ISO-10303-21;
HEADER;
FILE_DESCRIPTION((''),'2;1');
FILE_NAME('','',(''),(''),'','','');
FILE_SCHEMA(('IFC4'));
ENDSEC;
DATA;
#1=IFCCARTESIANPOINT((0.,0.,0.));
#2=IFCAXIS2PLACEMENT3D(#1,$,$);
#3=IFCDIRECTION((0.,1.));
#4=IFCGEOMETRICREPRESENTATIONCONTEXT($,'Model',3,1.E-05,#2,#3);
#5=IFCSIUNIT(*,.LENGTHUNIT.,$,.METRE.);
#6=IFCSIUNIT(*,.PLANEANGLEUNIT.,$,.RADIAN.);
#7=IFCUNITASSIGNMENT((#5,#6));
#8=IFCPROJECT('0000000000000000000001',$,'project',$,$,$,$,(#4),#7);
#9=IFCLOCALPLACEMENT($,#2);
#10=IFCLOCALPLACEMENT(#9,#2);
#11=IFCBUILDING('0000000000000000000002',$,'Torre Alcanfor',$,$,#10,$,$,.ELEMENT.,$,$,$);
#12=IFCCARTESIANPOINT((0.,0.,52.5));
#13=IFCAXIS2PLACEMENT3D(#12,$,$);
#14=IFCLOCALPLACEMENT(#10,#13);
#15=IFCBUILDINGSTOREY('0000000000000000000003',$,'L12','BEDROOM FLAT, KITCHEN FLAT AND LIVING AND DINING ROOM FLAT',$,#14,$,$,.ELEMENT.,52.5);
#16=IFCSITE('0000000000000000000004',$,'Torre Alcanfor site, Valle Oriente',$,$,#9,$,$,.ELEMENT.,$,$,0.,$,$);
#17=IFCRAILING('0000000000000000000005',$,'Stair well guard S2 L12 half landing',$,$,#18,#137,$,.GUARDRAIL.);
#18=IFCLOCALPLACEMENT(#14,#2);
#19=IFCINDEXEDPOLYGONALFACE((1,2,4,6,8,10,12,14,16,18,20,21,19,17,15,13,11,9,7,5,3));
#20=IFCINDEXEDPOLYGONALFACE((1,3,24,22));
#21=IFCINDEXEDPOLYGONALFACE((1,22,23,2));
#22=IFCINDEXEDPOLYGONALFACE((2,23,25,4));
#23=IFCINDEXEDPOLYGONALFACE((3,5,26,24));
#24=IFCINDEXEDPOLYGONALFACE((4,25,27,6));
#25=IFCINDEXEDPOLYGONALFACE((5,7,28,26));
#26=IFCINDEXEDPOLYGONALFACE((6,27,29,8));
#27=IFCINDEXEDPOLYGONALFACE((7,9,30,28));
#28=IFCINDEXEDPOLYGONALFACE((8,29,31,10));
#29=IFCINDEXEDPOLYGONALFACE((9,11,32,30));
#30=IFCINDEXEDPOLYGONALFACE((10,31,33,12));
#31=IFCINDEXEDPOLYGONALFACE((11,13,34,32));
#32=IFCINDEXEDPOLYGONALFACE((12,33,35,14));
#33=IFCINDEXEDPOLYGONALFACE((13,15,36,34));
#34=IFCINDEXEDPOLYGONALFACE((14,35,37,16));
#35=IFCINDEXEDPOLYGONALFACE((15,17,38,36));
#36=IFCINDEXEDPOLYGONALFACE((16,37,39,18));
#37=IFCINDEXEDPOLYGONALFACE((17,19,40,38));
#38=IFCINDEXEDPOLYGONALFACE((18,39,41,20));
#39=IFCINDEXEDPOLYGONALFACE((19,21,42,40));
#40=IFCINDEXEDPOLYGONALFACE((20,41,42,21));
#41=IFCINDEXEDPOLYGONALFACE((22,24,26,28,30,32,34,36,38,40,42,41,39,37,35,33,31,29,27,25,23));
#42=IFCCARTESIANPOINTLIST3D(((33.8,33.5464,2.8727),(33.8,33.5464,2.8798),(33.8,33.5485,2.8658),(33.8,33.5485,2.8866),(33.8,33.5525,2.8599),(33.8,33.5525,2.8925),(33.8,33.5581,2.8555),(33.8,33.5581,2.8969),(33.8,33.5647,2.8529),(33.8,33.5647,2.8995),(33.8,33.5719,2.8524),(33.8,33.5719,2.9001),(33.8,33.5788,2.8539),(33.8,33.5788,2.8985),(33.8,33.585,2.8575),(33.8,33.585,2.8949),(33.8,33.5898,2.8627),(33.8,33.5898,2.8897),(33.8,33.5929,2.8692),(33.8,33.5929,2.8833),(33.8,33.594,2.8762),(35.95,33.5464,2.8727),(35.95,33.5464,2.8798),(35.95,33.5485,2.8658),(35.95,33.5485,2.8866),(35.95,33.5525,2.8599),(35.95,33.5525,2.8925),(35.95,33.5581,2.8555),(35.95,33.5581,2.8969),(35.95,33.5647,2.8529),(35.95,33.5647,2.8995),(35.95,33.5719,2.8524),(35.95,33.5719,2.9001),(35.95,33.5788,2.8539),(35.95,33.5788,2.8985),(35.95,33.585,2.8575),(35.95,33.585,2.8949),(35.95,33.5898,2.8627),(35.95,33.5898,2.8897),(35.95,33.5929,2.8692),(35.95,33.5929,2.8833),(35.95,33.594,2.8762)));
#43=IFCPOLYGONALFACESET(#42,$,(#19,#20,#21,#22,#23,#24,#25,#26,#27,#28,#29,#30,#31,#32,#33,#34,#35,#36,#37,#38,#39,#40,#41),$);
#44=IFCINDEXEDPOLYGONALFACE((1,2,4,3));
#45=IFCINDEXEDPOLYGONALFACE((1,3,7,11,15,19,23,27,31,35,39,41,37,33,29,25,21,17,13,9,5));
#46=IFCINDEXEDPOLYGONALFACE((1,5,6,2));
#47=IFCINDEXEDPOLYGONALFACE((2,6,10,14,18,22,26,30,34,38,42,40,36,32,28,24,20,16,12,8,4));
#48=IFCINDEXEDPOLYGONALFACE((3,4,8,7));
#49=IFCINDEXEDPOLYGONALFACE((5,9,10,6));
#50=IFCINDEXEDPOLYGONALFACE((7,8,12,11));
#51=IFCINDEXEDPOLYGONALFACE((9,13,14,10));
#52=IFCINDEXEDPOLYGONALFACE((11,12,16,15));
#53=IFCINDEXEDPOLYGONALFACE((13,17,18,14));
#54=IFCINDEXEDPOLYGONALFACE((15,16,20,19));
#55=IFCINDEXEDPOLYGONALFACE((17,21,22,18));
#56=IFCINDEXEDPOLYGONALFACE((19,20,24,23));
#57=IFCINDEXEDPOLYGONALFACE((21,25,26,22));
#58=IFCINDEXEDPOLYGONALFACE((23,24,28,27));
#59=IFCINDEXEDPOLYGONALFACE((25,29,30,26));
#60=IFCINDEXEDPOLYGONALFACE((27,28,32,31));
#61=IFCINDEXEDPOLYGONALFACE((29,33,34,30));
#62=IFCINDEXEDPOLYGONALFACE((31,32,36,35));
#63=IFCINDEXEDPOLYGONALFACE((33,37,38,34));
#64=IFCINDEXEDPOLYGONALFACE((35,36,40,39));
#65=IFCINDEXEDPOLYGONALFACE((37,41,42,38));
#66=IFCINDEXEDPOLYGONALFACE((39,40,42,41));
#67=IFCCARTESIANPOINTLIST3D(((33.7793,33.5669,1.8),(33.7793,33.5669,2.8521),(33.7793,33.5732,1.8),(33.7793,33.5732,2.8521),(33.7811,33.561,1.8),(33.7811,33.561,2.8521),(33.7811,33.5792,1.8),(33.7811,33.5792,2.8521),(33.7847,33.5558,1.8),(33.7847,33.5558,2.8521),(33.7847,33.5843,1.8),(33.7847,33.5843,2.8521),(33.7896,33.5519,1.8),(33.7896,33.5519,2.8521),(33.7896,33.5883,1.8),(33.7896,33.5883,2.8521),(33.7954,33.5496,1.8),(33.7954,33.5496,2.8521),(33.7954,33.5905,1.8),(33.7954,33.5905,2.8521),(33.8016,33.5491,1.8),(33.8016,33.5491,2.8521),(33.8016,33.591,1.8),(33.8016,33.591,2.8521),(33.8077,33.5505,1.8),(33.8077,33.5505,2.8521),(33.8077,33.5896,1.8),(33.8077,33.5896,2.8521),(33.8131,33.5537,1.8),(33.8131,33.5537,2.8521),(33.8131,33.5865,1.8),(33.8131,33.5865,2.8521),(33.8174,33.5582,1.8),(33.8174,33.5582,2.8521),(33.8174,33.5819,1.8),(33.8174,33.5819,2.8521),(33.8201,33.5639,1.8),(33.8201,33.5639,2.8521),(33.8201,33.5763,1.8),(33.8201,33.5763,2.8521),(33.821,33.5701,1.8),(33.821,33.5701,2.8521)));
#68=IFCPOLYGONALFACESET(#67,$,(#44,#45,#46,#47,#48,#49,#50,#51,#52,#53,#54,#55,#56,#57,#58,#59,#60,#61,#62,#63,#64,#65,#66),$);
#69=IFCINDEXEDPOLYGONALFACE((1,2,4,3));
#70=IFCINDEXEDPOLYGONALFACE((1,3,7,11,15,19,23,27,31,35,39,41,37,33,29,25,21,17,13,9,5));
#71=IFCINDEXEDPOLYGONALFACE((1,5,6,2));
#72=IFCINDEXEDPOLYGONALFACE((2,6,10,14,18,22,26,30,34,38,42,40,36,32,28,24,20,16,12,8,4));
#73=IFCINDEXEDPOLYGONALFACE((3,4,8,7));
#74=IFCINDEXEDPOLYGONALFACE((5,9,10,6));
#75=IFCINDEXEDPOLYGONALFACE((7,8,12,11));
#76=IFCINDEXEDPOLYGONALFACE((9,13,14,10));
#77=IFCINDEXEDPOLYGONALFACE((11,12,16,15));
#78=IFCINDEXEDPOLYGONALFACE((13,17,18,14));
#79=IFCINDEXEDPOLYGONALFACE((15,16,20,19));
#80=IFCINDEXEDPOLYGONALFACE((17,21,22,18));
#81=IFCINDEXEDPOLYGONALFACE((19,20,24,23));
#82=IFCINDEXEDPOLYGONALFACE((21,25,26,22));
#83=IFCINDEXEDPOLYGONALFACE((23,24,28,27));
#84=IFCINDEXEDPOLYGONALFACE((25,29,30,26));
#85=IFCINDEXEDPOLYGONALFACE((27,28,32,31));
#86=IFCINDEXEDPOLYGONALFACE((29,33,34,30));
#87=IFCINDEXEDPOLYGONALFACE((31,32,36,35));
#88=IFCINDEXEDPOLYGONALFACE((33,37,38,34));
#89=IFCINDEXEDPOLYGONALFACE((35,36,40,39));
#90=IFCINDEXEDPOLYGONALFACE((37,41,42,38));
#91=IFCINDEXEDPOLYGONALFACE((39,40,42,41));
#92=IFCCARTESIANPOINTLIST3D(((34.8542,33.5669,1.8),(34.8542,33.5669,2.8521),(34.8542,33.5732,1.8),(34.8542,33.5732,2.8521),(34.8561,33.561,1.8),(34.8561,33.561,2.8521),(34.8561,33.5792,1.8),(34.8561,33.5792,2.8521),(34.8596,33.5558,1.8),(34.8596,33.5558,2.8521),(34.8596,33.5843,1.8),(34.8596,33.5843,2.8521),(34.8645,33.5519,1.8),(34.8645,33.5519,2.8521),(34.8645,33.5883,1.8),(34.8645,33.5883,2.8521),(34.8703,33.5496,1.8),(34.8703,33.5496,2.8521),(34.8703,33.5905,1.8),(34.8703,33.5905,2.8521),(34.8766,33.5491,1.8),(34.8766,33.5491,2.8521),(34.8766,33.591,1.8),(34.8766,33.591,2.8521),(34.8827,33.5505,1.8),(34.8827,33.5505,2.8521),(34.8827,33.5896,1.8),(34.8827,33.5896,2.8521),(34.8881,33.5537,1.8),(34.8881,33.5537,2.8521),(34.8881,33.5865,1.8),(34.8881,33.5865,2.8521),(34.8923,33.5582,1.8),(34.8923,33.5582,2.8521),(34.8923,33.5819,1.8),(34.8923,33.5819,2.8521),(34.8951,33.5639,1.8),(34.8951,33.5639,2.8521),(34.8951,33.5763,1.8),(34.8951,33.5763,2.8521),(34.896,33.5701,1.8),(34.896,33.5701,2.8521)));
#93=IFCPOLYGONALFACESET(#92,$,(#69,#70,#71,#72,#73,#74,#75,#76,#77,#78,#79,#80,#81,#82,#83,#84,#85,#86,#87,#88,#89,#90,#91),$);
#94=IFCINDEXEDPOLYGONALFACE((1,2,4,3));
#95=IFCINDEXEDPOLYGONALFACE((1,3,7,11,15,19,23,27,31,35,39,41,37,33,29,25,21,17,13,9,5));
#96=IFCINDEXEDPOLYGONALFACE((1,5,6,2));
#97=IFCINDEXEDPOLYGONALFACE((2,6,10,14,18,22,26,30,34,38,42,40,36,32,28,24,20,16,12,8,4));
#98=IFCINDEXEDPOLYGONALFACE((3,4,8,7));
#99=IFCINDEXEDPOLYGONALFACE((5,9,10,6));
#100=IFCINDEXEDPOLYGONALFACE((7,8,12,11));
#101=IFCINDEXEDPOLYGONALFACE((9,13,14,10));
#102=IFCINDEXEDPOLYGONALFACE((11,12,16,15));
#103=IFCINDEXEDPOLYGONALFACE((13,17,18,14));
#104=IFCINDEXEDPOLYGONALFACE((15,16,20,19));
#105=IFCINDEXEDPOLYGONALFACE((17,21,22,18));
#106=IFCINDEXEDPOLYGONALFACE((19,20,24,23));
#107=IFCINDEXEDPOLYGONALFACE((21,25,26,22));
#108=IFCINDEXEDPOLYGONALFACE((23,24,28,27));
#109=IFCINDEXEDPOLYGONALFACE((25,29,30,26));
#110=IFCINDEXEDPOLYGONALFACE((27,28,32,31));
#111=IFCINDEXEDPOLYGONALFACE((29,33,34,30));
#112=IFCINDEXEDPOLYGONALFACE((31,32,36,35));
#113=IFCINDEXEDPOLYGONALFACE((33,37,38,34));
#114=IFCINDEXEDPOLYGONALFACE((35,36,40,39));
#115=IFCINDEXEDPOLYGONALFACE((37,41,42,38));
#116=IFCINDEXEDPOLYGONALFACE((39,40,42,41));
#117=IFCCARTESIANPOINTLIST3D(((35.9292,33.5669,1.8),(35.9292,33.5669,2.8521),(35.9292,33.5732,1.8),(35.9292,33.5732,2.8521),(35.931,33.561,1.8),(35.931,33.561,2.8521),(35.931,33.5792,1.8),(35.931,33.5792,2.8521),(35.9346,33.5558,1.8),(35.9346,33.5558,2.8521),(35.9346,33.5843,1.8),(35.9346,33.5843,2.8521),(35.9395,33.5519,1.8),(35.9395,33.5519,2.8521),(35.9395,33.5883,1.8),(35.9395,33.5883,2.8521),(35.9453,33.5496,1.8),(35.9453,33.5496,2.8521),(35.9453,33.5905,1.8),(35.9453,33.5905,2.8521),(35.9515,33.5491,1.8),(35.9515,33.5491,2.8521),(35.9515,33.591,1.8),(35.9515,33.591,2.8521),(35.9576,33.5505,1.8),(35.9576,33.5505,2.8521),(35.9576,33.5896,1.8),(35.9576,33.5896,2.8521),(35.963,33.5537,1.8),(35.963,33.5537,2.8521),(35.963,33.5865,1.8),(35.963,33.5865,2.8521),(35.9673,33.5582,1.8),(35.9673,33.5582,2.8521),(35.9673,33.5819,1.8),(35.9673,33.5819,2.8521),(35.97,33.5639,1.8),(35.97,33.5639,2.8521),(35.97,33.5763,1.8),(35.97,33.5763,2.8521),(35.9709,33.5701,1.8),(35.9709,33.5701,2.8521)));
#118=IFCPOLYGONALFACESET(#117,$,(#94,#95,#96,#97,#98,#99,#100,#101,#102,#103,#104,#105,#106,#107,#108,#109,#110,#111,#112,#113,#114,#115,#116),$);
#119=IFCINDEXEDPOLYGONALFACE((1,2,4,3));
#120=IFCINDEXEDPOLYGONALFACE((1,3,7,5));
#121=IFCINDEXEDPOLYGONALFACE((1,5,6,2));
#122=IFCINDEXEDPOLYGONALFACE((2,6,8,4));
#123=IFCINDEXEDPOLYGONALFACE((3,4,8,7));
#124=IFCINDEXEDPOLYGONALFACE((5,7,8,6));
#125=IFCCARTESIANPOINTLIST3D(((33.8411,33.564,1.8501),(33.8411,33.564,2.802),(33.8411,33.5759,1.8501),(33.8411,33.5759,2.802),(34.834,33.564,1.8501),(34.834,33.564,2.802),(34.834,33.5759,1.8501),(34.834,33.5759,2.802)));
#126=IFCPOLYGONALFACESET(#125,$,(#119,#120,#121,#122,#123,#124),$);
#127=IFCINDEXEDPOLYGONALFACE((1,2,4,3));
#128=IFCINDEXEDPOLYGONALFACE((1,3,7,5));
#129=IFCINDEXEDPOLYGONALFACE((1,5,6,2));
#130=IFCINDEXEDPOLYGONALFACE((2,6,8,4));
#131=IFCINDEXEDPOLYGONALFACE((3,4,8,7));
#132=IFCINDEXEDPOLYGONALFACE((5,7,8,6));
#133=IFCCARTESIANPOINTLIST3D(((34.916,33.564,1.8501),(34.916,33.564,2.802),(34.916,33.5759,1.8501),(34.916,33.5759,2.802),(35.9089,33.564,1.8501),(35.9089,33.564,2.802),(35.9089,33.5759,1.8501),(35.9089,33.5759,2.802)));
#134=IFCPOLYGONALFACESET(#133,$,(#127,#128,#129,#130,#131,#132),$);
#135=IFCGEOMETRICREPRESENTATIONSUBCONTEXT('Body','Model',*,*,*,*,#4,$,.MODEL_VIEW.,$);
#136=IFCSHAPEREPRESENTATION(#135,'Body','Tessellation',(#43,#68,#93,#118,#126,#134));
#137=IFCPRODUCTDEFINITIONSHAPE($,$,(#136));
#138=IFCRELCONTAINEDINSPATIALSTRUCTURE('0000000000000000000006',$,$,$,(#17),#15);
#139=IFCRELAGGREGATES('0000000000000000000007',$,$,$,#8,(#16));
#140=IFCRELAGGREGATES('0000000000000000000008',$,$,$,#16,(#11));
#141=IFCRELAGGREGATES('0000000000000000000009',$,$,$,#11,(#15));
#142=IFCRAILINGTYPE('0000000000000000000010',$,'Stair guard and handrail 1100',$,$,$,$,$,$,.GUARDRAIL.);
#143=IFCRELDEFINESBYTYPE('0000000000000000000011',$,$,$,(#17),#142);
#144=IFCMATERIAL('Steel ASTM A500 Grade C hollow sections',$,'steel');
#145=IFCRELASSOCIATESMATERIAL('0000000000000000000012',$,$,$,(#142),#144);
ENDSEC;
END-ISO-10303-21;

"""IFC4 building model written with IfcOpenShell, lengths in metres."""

from ifc_helpers import new_model, si_unit, direction, frame, origin, origin_2d, place, context, subcontext, project, spatial, polyline, circle, outline, extrude, material, type_object, element, save


model = new_model("IFC4")

# Units and contexts
model_context = context("Model", 3, precision=1e-05, world=origin(), true_north=direction((0.0, 1.0)))
body_context = subcontext(model_context, "Body", "Model", "MODEL_VIEW")
ifc_project = project(units=[si_unit("LENGTHUNIT", "METRE"), si_unit("PLANEANGLEUNIT", "RADIAN")], contexts=[model_context])

# Site, building, storey
site_placement = place(None, origin())
site = spatial("IfcSite", under=ifc_project, at=site_placement, Name="Torre Alcanfor site, Valle Oriente", CompositionType="ELEMENT", RefElevation=0.0)
building_placement = place(site_placement, origin())
building = spatial("IfcBuilding", under=site, at=building_placement, Name="Torre Alcanfor", CompositionType="ELEMENT")
storey_placement = place(building_placement, frame((0.0, 0.0, 52.5)))
storey = spatial("IfcBuildingStorey", under=building, at=storey_placement, Name="L12", Description="BEDROOM FLAT, KITCHEN FLAT AND LIVING AND DINING ROOM FLAT", CompositionType="ELEMENT", Elevation=52.5)

# Railing
ifc_material_1 = material(Name="Steel ASTM A500 Grade C hollow sections", Category="steel")
railing_type_1 = type_object("IfcRailingType", Name="Stair guard and handrail 1100", PredefinedType="GUARDRAIL", material=ifc_material_1)
for number, where, name in (
    (1, (33.8, 33.5701, 1.8), "Stair well guard S2 L12 half landing"),
):
    element("IfcRailing", number, at=place(storey_placement, frame(where)), inside=storey, type_object=railing_type_1, Name=name, PredefinedType="GUARDRAIL", context=body_context, shape_type="SweptSolid", body=[
        extrude(circle(Radius=0.0239, at=origin_2d()), frame((0.0, 0.0, 1.0762), z_axis=(1.0, 0.0, 0.0), x_axis=(0.0, 1.0, 0.0)), (0.0, 0.0, 1.0), 2.1499),
        extrude(circle(Radius=0.021, at=origin_2d()), origin(), (0.0, 0.0, 1.0), 1.052),
        extrude(circle(Radius=0.021, at=origin_2d()), frame((1.075, 0.0, 0.0)), (0.0, 0.0, 1.0), 1.052),
        extrude(circle(Radius=0.021, at=origin_2d()), frame((2.1499, 0.0, 0.0)), (0.0, 0.0, 1.0), 1.052),
        extrude(outline(polyline([(0.041, 0.05), (1.0339, 0.05), (1.0339, 1.002), (0.041, 1.002), (0.041, 0.05)])), frame((0.0, 0.0059, 0.0), z_axis=(0.0, -1.0, 0.0), x_axis=(1.0, 0.0, 0.0)), (0.0, 0.0, 1.0), 0.012),
        extrude(outline(polyline([(1.116, 0.05), (2.1089, 0.05), (2.1089, 1.002), (1.116, 1.002), (1.116, 0.05)])), frame((0.0, 0.0059, 0.0), z_axis=(0.0, -1.0, 0.0), x_axis=(1.0, 0.0, 0.0)), (0.0, 0.0, 1.0), 0.012),
    ])

save(model, "model.ifc")
